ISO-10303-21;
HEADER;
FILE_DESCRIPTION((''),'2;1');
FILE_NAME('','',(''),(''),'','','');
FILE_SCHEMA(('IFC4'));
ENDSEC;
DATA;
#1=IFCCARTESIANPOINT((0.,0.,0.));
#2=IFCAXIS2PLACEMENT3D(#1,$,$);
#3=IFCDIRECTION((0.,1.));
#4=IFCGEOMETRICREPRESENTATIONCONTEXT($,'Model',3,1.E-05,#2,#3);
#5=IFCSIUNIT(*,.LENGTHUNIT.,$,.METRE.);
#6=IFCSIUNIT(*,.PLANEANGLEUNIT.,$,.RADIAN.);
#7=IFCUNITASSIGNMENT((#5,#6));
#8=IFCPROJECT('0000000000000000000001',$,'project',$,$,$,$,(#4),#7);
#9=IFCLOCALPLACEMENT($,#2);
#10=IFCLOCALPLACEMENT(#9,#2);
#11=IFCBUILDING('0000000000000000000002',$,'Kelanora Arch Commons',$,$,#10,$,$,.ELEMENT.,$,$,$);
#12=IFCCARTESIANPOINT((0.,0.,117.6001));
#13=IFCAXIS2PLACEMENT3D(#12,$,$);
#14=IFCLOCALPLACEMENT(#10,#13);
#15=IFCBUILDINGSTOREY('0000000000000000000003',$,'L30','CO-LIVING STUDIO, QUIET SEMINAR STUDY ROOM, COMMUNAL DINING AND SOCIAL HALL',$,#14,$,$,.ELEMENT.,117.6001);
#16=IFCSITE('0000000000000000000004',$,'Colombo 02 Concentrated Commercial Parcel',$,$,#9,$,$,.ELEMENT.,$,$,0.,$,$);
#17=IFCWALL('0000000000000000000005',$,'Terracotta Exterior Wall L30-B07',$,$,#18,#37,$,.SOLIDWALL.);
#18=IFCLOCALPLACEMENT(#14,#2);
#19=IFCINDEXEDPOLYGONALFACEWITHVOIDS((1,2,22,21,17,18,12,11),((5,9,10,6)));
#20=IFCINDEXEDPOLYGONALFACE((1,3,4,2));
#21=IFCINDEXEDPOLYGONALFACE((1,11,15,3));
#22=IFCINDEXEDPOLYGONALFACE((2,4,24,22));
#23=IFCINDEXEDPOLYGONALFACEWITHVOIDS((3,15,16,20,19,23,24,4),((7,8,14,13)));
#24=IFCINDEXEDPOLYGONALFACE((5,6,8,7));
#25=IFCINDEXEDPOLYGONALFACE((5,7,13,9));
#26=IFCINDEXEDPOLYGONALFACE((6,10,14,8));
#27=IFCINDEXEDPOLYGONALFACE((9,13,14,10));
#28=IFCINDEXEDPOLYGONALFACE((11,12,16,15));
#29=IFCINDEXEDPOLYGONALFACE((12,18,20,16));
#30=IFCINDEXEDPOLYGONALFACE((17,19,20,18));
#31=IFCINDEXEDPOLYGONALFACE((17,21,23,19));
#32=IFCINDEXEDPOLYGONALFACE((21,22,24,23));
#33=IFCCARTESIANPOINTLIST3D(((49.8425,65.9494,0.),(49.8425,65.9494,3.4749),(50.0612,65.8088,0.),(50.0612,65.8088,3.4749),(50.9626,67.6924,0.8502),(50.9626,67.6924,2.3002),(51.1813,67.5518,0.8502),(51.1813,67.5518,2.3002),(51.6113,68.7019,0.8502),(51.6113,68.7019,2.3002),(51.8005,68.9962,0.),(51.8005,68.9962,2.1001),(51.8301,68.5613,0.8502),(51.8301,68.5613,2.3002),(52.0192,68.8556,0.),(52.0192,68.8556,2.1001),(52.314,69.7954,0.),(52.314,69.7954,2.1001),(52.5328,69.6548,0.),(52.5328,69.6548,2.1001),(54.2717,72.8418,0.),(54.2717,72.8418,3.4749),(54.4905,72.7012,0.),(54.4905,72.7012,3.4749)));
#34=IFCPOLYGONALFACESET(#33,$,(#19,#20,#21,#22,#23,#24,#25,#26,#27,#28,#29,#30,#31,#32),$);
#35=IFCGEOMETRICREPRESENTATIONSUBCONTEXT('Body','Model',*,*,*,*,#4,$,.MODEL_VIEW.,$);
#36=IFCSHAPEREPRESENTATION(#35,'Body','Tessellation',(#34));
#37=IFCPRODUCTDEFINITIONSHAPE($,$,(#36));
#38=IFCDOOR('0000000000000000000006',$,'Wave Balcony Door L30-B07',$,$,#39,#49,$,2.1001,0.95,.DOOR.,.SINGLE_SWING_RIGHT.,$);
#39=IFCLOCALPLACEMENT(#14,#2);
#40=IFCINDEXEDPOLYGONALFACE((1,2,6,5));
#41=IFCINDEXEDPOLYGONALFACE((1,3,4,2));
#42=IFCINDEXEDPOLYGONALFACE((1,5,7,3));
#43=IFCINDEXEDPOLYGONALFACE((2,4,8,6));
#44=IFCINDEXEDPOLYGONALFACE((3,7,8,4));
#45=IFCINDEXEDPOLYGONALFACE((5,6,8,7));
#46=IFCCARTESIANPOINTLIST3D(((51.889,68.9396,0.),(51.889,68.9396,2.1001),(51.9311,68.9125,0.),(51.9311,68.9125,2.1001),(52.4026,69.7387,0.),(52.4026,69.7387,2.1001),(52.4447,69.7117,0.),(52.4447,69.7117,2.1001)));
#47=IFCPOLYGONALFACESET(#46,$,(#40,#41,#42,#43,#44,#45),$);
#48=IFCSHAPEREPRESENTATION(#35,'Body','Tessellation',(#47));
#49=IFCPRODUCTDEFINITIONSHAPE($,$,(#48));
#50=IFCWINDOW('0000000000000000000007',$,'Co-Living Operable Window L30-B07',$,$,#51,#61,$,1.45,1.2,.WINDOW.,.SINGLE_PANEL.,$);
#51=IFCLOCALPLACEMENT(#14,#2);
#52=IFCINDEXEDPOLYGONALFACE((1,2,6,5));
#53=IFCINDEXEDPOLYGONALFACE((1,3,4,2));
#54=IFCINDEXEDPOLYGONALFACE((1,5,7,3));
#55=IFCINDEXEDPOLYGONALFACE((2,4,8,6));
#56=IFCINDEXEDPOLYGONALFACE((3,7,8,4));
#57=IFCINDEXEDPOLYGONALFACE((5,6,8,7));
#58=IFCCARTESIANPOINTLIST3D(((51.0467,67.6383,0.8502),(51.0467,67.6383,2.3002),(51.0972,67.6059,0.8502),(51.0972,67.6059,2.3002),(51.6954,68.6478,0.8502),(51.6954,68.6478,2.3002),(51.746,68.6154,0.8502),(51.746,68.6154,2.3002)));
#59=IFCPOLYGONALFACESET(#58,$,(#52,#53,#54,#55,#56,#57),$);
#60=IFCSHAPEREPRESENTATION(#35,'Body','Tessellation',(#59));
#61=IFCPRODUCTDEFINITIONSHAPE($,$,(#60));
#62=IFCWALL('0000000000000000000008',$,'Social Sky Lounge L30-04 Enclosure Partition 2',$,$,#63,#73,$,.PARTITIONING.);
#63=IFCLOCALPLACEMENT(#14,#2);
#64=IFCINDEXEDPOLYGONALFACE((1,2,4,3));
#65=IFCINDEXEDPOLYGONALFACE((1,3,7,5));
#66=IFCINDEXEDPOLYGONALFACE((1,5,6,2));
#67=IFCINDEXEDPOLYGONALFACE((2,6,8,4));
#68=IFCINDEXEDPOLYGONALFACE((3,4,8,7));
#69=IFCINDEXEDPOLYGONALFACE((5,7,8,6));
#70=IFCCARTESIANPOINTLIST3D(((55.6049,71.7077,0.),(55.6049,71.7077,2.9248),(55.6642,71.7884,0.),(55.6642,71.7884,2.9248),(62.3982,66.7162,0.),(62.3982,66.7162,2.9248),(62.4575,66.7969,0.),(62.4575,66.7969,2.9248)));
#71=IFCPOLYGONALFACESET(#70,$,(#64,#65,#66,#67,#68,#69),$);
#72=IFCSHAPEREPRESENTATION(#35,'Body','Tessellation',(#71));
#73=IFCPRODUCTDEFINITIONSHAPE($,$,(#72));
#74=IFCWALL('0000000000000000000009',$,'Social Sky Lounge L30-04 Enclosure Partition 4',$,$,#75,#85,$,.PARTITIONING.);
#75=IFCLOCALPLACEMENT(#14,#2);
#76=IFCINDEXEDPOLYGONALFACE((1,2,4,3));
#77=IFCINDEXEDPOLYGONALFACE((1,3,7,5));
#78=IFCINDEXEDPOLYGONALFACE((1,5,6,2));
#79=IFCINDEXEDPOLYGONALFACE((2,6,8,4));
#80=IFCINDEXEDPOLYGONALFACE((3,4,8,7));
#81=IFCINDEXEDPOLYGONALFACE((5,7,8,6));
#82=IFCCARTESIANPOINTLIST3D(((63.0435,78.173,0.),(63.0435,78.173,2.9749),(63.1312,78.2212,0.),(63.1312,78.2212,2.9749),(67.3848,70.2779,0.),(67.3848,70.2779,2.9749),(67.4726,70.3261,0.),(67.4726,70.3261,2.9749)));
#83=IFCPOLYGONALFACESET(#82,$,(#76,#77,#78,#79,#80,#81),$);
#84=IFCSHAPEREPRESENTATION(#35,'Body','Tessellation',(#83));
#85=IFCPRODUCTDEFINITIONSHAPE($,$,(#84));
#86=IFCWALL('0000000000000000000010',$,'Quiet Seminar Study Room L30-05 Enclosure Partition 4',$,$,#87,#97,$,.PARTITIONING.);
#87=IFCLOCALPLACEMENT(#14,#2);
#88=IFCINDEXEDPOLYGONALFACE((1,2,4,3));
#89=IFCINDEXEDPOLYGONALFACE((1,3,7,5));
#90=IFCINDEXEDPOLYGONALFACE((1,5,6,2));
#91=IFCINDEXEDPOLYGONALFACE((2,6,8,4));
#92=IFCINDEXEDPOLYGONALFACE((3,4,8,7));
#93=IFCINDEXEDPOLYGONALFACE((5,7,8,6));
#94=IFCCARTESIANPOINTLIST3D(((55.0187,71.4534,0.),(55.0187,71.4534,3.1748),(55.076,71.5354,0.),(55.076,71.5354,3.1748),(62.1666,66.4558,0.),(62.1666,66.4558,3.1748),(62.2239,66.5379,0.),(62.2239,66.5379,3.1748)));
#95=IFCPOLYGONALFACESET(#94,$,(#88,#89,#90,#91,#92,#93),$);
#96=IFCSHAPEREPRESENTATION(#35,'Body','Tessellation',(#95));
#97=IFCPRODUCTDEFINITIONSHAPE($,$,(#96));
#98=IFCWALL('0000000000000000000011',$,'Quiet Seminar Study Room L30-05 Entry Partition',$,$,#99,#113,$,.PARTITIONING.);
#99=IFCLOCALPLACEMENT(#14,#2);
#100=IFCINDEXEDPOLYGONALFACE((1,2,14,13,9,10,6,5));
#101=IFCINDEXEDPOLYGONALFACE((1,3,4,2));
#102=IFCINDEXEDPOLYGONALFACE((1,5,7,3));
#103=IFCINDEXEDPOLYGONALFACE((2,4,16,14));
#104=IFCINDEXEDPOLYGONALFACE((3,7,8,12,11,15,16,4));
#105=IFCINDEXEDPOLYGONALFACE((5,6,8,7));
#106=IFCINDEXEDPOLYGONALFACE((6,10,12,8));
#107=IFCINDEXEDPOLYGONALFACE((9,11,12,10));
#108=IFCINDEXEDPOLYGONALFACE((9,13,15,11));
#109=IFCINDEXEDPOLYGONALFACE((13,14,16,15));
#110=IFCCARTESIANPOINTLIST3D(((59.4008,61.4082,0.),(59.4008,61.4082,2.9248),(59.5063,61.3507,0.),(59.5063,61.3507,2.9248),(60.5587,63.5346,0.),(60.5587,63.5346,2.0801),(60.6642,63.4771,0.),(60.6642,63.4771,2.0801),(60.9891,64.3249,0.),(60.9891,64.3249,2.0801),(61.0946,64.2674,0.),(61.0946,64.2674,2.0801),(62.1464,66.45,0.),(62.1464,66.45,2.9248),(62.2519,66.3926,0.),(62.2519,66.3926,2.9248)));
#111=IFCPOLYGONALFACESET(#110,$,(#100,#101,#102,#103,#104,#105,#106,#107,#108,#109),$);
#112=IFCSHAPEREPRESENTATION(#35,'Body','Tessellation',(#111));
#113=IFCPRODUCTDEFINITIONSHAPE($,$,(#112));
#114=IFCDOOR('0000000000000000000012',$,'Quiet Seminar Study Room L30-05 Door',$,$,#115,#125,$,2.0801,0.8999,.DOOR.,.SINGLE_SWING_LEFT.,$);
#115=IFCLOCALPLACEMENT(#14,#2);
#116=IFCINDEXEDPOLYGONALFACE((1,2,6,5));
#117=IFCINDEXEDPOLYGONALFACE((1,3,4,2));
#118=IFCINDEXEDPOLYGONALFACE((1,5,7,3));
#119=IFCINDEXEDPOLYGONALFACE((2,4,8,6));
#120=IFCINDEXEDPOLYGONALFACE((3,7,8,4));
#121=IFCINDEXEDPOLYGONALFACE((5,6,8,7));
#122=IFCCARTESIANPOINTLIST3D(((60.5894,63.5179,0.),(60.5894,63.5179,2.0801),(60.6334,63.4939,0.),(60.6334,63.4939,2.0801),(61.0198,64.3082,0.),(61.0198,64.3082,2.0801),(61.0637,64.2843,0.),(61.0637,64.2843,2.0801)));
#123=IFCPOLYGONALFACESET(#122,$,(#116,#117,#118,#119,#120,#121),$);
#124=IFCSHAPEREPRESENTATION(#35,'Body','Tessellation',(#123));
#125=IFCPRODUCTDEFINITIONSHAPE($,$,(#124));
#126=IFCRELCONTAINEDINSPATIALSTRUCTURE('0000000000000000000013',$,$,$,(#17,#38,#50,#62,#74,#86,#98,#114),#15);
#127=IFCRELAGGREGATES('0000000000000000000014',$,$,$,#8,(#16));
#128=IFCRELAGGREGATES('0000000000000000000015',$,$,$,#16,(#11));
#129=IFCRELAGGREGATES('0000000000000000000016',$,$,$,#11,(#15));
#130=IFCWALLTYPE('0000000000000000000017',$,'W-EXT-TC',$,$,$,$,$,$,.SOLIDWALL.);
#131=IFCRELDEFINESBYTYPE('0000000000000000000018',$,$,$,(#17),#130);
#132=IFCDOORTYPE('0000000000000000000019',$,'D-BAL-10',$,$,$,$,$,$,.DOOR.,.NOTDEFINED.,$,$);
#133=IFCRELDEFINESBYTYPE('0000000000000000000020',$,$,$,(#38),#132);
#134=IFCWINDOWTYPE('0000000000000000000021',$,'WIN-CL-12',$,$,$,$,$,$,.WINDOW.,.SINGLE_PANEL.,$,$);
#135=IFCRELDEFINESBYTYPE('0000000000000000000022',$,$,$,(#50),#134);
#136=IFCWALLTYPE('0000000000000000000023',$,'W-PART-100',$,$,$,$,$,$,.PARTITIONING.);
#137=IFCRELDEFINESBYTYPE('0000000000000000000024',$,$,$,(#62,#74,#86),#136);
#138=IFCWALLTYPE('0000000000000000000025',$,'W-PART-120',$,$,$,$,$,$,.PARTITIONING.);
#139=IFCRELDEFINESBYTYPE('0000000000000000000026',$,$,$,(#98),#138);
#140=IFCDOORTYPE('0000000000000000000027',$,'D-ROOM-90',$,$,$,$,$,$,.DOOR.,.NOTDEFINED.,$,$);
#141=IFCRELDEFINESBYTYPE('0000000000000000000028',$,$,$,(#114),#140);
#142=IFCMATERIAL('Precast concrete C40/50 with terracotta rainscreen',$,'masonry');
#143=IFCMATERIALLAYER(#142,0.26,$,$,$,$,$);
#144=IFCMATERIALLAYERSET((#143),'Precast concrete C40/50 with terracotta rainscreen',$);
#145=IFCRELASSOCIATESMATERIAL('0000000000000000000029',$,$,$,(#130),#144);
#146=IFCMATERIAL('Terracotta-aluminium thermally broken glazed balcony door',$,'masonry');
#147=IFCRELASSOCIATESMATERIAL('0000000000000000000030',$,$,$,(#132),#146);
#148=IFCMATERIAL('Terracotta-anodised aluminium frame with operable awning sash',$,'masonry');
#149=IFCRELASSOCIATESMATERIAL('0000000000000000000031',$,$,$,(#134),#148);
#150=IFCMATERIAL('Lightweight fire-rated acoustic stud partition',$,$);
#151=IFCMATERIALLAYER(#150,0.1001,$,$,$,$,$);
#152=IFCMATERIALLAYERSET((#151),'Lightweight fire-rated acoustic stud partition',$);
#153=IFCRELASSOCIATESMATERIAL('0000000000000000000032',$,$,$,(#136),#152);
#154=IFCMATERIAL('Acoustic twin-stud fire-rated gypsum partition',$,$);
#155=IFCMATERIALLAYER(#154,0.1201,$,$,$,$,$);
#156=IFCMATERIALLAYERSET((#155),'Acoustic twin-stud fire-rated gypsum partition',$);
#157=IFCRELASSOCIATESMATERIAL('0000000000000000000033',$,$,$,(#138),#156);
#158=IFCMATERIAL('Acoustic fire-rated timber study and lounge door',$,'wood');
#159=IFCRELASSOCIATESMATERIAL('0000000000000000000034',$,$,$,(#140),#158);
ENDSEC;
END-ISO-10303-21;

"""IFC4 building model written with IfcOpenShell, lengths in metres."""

from ifc_helpers import new_model, si_unit, direction, frame, frame_2d, origin, place, context, subcontext, project, spatial, rectangle, extrude, material, layer, layer_set, type_object, element, fill, save


model = new_model("IFC4")

# Units and contexts
model_context = context("Model", 3, precision=1e-05, world=origin(), true_north=direction((0.0, 1.0)))
body_context = subcontext(model_context, "Body", "Model", "MODEL_VIEW")
ifc_project = project(units=[si_unit("LENGTHUNIT", "METRE"), si_unit("PLANEANGLEUNIT", "RADIAN")], contexts=[model_context])

# Site, building, storey
site_placement = place(None, origin())
site = spatial("IfcSite", under=ifc_project, at=site_placement, Name="Colombo 02 Concentrated Commercial Parcel", CompositionType="ELEMENT", RefElevation=0.0)
building_placement = place(site_placement, origin())
building = spatial("IfcBuilding", under=site, at=building_placement, Name="Kelanora Arch Commons", CompositionType="ELEMENT")
storey_placement = place(building_placement, frame((0.0, 0.0, 117.6001)))
storey = spatial("IfcBuildingStorey", under=building, at=storey_placement, Name="L30", Description="CO-LIVING STUDIO, QUIET SEMINAR STUDY ROOM, COMMUNAL DINING AND SOCIAL HALL", CompositionType="ELEMENT", Elevation=117.6001)

# Shared definitions
ifc_material_1 = material(Name="Precast concrete C40/50 with terracotta rainscreen", Category="masonry")
ifc_layer_1 = layer(ifc_material_1, 0.26)
ifc_layer_set_1 = layer_set([ifc_layer_1], Name="Precast concrete C40/50 with terracotta rainscreen")
wall_type_1 = type_object("IfcWallType", Name="W-EXT-TC", PredefinedType="SOLIDWALL", material=ifc_layer_set_1)

# Wall, openings, door, window
wall_1_placement = place(storey_placement, frame((54.3811, 72.7715, 0.0), z_axis=(0.0, 0.0, 1.0), x_axis=(-0.540621, -0.841267, 0.0)))
wall_1 = element("IfcWall", 1, at=wall_1_placement, inside=storey, type_object=wall_type_1, Name="Terracotta Exterior Wall L30-B07", PredefinedType="SOLIDWALL", context=body_context, shape_type="SweptSolid", body=[
    extrude(rectangle(XDim=8.1929, YDim=0.26, at=frame_2d((4.0964, 0.0))), origin(), (0.0, 0.0, 1.0), 3.4749),
])
opening_1_placement = place(wall_1_placement, frame((3.6211, 0.0, 0.0)))
opening_1 = element("IfcOpeningElement", 2, at=opening_1_placement, cuts=wall_1, PredefinedType="OPENING", context=body_context, shape_type="SweptSolid", body=[
    extrude(rectangle(XDim=0.95, YDim=2.1001, at=frame_2d((0.4751, 1.05))), frame((0.0, 0.1401, 0.0), z_axis=(0.0, -1.0, 0.0), x_axis=(1.0, 0.0, 0.0)), (0.0, 0.0, 1.0), 0.28),
])
opening_2_placement = place(wall_1_placement, frame((4.9209, 0.0, 0.8501)))
opening_2 = element("IfcOpeningElement", 3, at=opening_2_placement, cuts=wall_1, PredefinedType="OPENING", context=body_context, shape_type="SweptSolid", body=[
    extrude(rectangle(XDim=1.2, YDim=1.45, at=frame_2d((0.6001, 0.7251))), frame((0.0, 0.1401, 0.0), z_axis=(0.0, -1.0, 0.0), x_axis=(1.0, 0.0, 0.0)), (0.0, 0.0, 1.0), 0.28),
])
ifc_material_2 = material(Name="Terracotta-aluminium thermally broken glazed balcony door", Category="masonry")
door_type_1 = type_object("IfcDoorType", Name="D-BAL-10", OperationType="NOTDEFINED", PredefinedType="DOOR", material=ifc_material_2)
door_1_placement = place(opening_1_placement, frame((0.95, 0.0, 0.0), z_axis=(0.0, 0.0, 1.0), x_axis=(-1.0, 0.0, 0.0)))
door_1 = element("IfcDoor", 4, at=door_1_placement, inside=storey, type_object=door_type_1, Name="Wave Balcony Door L30-B07", OperationType="SINGLE_SWING_RIGHT", OverallHeight=2.1001, OverallWidth=0.95, PredefinedType="DOOR", context=body_context, shape_type="SweptSolid", body=[
    extrude(rectangle(XDim=0.95, YDim=2.1001, at=frame_2d((0.4751, 1.05))), frame((0.0, 0.0249, 0.0), z_axis=(0.0, -1.0, 0.0), x_axis=(1.0, 0.0, 0.0)), (0.0, 0.0, 1.0), 0.05),
])
fill(opening_1, door_1)
ifc_material_3 = material(Name="Terracotta-anodised aluminium frame with operable awning sash", Category="masonry")
window_type_1 = type_object("IfcWindowType", Name="WIN-CL-12", PartitioningType="SINGLE_PANEL", PredefinedType="WINDOW", material=ifc_material_3)
window_1_placement = place(opening_2_placement, origin())
window_1 = element("IfcWindow", 5, at=window_1_placement, inside=storey, type_object=window_type_1, Name="Co-Living Operable Window L30-B07", OverallHeight=1.45, OverallWidth=1.2, PartitioningType="SINGLE_PANEL", PredefinedType="WINDOW", context=body_context, shape_type="SweptSolid", body=[
    extrude(rectangle(XDim=1.2, YDim=1.45, at=frame_2d((0.6001, 0.7251))), frame((0.0, 0.03, 0.0), z_axis=(0.0, -1.0, 0.0), x_axis=(1.0, 0.0, 0.0)), (0.0, 0.0, 1.0), 0.0601),
])
fill(opening_2, window_1)

# Walls
ifc_material_4 = material(Name="Lightweight fire-rated acoustic stud partition")
ifc_layer_2 = layer(ifc_material_4, 0.1001)
ifc_layer_set_2 = layer_set([ifc_layer_2], Name="Lightweight fire-rated acoustic stud partition")
wall_type_2 = type_object("IfcWallType", Name="W-PART-100", PredefinedType="PARTITIONING", material=ifc_layer_set_2)
wall_2_placement = place(storey_placement, frame((62.4277, 66.7566, 0.0), z_axis=(0.0, 0.0, 1.0), x_axis=(-0.805852, 0.592117, 0.0)))
element("IfcWall", 6, at=wall_2_placement, inside=storey, type_object=wall_type_2, Name="Social Sky Lounge L30-04 Enclosure Partition 2", PredefinedType="PARTITIONING", context=body_context, shape_type="SweptSolid", body=[
    extrude(rectangle(XDim=8.4299, YDim=0.1001, at=frame_2d((4.2148, 0.0))), origin(), (0.0, 0.0, 1.0), 2.9248),
])
wall_3_placement = place(storey_placement, frame((63.0874, 78.197, 0.0), z_axis=(0.0, 0.0, 1.0), x_axis=(0.481838, -0.876261, 0.0)))
element("IfcWall", 7, at=wall_3_placement, inside=storey, type_object=wall_type_2, Name="Social Sky Lounge L30-04 Enclosure Partition 4", PredefinedType="PARTITIONING", context=body_context, shape_type="SweptSolid", body=[
    extrude(rectangle(XDim=9.01, YDim=0.1001, at=frame_2d((4.5049, 0.0))), origin(), (0.0, 0.0, 1.0), 2.9749),
])
wall_4_placement = place(storey_placement, frame((55.0474, 71.4944, 0.0), z_axis=(0.0, 0.0, 1.0), x_axis=(0.819555, -0.573, 0.0)))
element("IfcWall", 8, at=wall_4_placement, inside=storey, type_object=wall_type_2, Name="Quiet Seminar Study Room L30-05 Enclosure Partition 4", PredefinedType="PARTITIONING", context=body_context, shape_type="SweptSolid", body=[
    extrude(rectangle(XDim=8.7217, YDim=0.1001, at=frame_2d((4.3608, 0.0))), origin(), (0.0, 0.0, 1.0), 3.1748),
])

# Wall, opening, door
ifc_material_5 = material(Name="Acoustic twin-stud fire-rated gypsum partition")
ifc_layer_3 = layer(ifc_material_5, 0.1201)
ifc_layer_set_3 = layer_set([ifc_layer_3], Name="Acoustic twin-stud fire-rated gypsum partition")
wall_type_3 = type_object("IfcWallType", Name="W-PART-120", PredefinedType="PARTITIONING", material=ifc_layer_set_3)
wall_5_placement = place(storey_placement, frame((62.1992, 66.4214, 0.0), z_axis=(0.0, 0.0, 1.0), x_axis=(-0.478256, -0.87822, 0.0)))
wall_5 = element("IfcWall", 9, at=wall_5_placement, inside=storey, type_object=wall_type_3, Name="Quiet Seminar Study Room L30-05 Entry Partition", PredefinedType="PARTITIONING", context=body_context, shape_type="SweptSolid", body=[
    extrude(rectangle(XDim=5.741, YDim=0.1201, at=frame_2d((2.8706, 0.0))), origin(), (0.0, 0.0, 1.0), 2.9248),
])
opening_3_placement = place(wall_5_placement, frame((2.4199, 0.0, 0.0)))
opening_3 = element("IfcOpeningElement", 10, at=opening_3_placement, cuts=wall_5, PredefinedType="OPENING", context=body_context, shape_type="SweptSolid", body=[
    extrude(rectangle(XDim=0.8999, YDim=2.0801, at=frame_2d((0.45, 1.04))), frame((0.0, 0.0701, 0.0), z_axis=(0.0, -1.0, 0.0), x_axis=(1.0, 0.0, 0.0)), (0.0, 0.0, 1.0), 0.1401),
])
ifc_material_6 = material(Name="Acoustic fire-rated timber study and lounge door", Category="wood")
door_type_2 = type_object("IfcDoorType", Name="D-ROOM-90", OperationType="NOTDEFINED", PredefinedType="DOOR", material=ifc_material_6)
door_2_placement = place(opening_3_placement, origin())
door_2 = element("IfcDoor", 11, at=door_2_placement, inside=storey, type_object=door_type_2, Name="Quiet Seminar Study Room L30-05 Door", OperationType="SINGLE_SWING_LEFT", OverallHeight=2.0801, OverallWidth=0.8999, PredefinedType="DOOR", context=body_context, shape_type="SweptSolid", body=[
    extrude(rectangle(XDim=0.8999, YDim=2.0801, at=frame_2d((0.45, 1.04))), frame((0.0, 0.0249, 0.0), z_axis=(0.0, -1.0, 0.0), x_axis=(1.0, 0.0, 0.0)), (0.0, 0.0, 1.0), 0.05),
])
fill(opening_3, door_2)

save(model, "model.ifc")
